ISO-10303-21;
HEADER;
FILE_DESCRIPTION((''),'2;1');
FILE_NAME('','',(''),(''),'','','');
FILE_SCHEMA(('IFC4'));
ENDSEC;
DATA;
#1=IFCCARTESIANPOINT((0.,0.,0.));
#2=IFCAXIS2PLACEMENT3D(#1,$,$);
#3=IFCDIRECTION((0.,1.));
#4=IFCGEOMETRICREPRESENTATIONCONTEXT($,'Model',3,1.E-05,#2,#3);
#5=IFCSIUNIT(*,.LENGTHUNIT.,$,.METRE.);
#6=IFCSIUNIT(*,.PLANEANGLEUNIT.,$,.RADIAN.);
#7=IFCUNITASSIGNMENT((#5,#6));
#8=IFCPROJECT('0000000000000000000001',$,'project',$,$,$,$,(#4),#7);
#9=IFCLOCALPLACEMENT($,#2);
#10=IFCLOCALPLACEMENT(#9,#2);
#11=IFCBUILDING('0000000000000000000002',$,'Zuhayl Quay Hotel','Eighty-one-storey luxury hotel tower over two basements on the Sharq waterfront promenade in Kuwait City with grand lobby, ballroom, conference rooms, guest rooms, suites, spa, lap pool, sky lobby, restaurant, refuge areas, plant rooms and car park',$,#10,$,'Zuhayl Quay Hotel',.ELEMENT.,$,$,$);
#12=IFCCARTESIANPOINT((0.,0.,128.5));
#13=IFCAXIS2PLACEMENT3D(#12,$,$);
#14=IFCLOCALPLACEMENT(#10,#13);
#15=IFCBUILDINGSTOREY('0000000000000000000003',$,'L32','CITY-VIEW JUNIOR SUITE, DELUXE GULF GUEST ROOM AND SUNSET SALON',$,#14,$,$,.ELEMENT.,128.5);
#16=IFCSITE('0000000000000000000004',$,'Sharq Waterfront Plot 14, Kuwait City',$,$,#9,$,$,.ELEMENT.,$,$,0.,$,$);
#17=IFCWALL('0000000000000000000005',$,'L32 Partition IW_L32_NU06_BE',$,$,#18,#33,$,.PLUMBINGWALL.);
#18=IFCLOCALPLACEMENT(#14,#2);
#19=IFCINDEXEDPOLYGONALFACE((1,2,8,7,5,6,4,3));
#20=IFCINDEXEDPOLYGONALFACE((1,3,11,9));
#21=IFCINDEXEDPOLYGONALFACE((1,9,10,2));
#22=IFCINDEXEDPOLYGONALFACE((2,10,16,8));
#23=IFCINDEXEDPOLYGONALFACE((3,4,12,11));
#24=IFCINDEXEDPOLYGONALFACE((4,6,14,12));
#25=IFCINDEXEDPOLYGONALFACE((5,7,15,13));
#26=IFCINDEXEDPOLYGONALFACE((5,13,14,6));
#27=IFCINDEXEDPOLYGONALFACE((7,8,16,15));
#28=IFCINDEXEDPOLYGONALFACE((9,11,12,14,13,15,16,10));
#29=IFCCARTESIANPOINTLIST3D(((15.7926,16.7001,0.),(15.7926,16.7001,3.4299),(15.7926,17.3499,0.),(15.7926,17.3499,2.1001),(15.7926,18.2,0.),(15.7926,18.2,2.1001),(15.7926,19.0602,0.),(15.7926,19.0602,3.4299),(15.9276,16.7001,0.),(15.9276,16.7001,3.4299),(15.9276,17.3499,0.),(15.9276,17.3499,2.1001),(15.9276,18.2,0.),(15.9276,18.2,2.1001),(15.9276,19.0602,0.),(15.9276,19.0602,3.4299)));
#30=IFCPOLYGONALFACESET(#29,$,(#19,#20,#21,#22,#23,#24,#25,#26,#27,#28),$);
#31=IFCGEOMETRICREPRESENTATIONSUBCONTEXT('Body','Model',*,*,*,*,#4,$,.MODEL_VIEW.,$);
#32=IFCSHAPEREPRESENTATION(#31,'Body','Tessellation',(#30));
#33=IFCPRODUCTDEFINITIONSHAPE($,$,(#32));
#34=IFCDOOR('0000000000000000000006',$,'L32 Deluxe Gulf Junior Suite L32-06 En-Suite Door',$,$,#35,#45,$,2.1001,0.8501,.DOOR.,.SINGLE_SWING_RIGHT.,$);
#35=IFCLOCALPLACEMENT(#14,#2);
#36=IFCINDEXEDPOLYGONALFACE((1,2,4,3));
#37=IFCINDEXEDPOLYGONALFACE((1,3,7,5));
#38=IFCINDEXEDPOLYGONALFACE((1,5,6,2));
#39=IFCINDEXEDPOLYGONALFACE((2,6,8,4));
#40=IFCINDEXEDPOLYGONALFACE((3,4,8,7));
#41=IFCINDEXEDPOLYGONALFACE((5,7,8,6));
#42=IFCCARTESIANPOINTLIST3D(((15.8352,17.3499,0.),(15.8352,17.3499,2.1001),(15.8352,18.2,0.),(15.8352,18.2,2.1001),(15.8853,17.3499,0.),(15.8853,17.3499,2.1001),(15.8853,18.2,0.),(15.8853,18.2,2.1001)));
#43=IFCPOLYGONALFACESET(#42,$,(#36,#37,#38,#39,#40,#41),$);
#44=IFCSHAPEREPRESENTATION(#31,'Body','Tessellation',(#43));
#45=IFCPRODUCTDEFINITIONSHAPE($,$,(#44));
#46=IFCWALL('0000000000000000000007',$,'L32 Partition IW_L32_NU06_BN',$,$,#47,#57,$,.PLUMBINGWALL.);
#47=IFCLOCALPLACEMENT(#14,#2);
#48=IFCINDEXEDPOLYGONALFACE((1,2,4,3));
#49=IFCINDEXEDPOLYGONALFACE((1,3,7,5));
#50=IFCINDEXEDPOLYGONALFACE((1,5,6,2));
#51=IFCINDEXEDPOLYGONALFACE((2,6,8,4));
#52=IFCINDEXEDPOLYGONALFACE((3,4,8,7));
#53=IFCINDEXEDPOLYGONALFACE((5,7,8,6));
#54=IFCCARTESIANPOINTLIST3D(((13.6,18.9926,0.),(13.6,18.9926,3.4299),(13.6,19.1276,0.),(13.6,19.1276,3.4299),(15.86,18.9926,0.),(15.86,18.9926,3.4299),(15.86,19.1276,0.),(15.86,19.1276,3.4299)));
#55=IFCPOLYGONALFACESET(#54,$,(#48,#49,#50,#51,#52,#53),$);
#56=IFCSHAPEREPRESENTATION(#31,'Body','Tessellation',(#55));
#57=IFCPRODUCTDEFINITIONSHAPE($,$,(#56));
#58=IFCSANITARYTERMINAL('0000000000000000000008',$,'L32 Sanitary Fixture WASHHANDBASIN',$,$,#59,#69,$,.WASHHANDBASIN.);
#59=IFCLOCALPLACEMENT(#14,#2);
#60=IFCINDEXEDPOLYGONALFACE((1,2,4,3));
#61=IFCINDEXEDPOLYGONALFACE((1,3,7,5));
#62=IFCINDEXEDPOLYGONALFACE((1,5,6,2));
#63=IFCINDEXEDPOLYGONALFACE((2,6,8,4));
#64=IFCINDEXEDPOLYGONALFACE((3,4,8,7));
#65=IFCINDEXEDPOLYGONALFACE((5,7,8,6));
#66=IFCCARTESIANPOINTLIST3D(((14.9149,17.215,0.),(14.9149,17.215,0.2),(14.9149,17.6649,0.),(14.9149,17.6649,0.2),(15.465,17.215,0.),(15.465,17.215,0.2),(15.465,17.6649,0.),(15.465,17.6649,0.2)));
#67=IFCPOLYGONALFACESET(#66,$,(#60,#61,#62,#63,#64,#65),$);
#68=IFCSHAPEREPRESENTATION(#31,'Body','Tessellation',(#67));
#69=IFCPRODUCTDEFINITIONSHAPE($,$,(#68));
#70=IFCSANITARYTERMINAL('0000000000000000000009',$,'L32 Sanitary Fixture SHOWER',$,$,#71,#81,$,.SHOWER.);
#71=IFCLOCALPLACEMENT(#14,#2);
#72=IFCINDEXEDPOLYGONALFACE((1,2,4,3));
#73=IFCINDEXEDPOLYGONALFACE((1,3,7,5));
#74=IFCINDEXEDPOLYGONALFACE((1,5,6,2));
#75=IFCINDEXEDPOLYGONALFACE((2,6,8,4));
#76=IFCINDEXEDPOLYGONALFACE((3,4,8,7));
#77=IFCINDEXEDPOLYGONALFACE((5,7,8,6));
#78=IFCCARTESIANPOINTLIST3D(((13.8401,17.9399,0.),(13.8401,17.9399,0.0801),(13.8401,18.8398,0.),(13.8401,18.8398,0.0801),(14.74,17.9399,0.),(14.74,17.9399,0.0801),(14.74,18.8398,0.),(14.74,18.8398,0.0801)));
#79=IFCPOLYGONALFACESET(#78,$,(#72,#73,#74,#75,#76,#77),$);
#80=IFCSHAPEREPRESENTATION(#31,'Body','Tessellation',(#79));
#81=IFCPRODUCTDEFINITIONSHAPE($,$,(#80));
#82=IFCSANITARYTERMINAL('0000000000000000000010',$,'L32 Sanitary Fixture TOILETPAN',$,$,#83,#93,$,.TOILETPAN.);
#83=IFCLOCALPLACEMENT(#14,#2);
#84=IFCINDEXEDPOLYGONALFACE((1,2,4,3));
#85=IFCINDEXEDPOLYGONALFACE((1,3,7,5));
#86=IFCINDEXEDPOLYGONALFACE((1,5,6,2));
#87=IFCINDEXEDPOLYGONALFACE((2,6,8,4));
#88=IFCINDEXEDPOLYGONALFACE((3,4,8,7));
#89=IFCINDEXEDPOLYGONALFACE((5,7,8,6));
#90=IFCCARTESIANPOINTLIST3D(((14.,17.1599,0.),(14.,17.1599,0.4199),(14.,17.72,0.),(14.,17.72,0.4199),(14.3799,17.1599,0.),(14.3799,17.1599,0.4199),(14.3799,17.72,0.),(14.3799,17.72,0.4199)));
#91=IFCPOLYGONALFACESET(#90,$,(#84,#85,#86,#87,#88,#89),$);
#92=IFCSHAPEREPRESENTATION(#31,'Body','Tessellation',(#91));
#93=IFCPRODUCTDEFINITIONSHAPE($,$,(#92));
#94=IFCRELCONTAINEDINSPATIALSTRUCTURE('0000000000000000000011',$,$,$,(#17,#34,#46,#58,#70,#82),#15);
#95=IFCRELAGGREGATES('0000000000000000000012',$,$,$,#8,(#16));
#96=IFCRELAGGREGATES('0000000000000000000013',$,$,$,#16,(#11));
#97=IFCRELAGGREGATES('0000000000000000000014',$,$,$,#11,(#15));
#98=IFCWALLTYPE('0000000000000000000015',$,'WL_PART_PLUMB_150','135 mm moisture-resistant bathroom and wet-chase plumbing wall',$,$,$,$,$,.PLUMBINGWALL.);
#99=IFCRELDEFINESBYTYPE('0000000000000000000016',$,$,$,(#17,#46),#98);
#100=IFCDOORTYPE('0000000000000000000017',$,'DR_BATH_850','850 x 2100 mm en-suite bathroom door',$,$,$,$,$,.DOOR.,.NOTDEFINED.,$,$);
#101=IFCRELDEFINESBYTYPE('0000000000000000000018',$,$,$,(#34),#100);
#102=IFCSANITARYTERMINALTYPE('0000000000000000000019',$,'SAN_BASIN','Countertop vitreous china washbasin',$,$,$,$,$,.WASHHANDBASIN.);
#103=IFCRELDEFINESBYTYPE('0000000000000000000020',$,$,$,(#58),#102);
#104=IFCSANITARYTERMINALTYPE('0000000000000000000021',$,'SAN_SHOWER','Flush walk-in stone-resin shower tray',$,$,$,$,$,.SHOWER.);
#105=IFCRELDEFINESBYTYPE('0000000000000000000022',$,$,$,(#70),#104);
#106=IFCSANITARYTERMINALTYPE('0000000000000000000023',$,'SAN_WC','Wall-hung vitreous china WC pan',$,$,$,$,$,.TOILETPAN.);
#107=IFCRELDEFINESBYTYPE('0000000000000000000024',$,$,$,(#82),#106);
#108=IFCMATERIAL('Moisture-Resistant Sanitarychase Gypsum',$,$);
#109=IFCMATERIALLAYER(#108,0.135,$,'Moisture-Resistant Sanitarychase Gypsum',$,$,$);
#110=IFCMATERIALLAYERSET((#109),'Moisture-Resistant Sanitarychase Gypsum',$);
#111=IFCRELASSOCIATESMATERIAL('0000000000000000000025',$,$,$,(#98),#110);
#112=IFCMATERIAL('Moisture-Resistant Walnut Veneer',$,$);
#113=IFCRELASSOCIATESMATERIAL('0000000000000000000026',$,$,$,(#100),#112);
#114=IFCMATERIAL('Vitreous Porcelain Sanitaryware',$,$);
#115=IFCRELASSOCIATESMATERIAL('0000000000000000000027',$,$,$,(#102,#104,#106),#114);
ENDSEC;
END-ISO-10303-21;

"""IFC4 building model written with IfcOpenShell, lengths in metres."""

from ifc_helpers import new_model, si_unit, direction, frame, frame_2d, origin, origin_2d, place, context, subcontext, project, spatial, rectangle, extrude, material, layer, layer_set, type_object, element, fill, save


model = new_model("IFC4")

# Units and contexts
model_context = context("Model", 3, precision=1e-05, world=origin(), true_north=direction((0.0, 1.0)))
body_context = subcontext(model_context, "Body", "Model", "MODEL_VIEW")
ifc_project = project(units=[si_unit("LENGTHUNIT", "METRE"), si_unit("PLANEANGLEUNIT", "RADIAN")], contexts=[model_context])

# Site, building, storey
site_placement = place(None, origin())
site = spatial("IfcSite", under=ifc_project, at=site_placement, Name="Sharq Waterfront Plot 14, Kuwait City", CompositionType="ELEMENT", RefElevation=0.0)
building_placement = place(site_placement, origin())
building = spatial("IfcBuilding", under=site, at=building_placement, Name="Zuhayl Quay Hotel", Description="Eighty-one-storey luxury hotel tower over two basements on the Sharq waterfront promenade in Kuwait City with grand lobby, ballroom, conference rooms, guest rooms, suites, spa, lap pool, sky lobby, restaurant, refuge areas, plant rooms and car park", LongName="Zuhayl Quay Hotel", CompositionType="ELEMENT")
storey_placement = place(building_placement, frame((0.0, 0.0, 128.5)))
storey = spatial("IfcBuildingStorey", under=building, at=storey_placement, Name="L32", Description="CITY-VIEW JUNIOR SUITE, DELUXE GULF GUEST ROOM AND SUNSET SALON", CompositionType="ELEMENT", Elevation=128.5)

# Wall, opening, door
ifc_material_1 = material(Name="Moisture-Resistant Sanitarychase Gypsum")
ifc_layer_1 = layer(ifc_material_1, 0.135, Name="Moisture-Resistant Sanitarychase Gypsum")
ifc_layer_set_1 = layer_set([ifc_layer_1], Name="Moisture-Resistant Sanitarychase Gypsum")
wall_type_1 = type_object("IfcWallType", Name="WL_PART_PLUMB_150", Description="135 mm moisture-resistant bathroom and wet-chase plumbing wall", PredefinedType="PLUMBINGWALL", material=ifc_layer_set_1)
wall_1_placement = place(storey_placement, frame((15.8601, 16.7, 0.0), z_axis=(0.0, 0.0, 1.0), x_axis=(0.0, 1.0, 0.0)))
wall_1 = element("IfcWall", 1, at=wall_1_placement, inside=storey, type_object=wall_type_1, Name="L32 Partition IW_L32_NU06_BE", PredefinedType="PLUMBINGWALL", context=body_context, shape_type="SweptSolid", body=[
    extrude(rectangle(XDim=2.3601, YDim=0.135, at=frame_2d((1.1802, 0.0))), origin(), (0.0, 0.0, 1.0), 3.4299),
])
opening_1_placement = place(wall_1_placement, frame((0.6499, 0.0, 0.0)))
opening_1 = element("IfcOpeningElement", 2, at=opening_1_placement, cuts=wall_1, PredefinedType="OPENING", context=body_context, shape_type="SweptSolid", body=[
    extrude(rectangle(XDim=0.8501, YDim=2.1001, at=frame_2d((0.425, 1.05))), frame((0.0, 0.0774, 0.0), z_axis=(0.0, -1.0, 0.0), x_axis=(1.0, 0.0, 0.0)), (0.0, 0.0, 1.0), 0.155),
])
ifc_material_2 = material(Name="Moisture-Resistant Walnut Veneer")
door_type_1 = type_object("IfcDoorType", Name="DR_BATH_850", Description="850 x 2100 mm en-suite bathroom door", OperationType="NOTDEFINED", PredefinedType="DOOR", material=ifc_material_2)
door_1_placement = place(opening_1_placement, origin())
door_1 = element("IfcDoor", 3, at=door_1_placement, inside=storey, type_object=door_type_1, Name="L32 Deluxe Gulf Junior Suite L32-06 En-Suite Door", OperationType="SINGLE_SWING_RIGHT", OverallHeight=2.1001, OverallWidth=0.8501, PredefinedType="DOOR", context=body_context, shape_type="SweptSolid", body=[
    extrude(rectangle(XDim=0.8501, YDim=2.1001, at=frame_2d((0.425, 1.05))), frame((0.0, 0.0249, 0.0), z_axis=(0.0, -1.0, 0.0), x_axis=(1.0, 0.0, 0.0)), (0.0, 0.0, 1.0), 0.05),
])
fill(opening_1, door_1)

# Wall
wall_2_placement = place(storey_placement, frame((13.6001, 19.0601, 0.0), z_axis=(0.0, 0.0, 1.0), x_axis=(1.0, 0.0, 0.0)))
element("IfcWall", 4, at=wall_2_placement, inside=storey, type_object=wall_type_1, Name="L32 Partition IW_L32_NU06_BN", PredefinedType="PLUMBINGWALL", context=body_context, shape_type="SweptSolid", body=[
    extrude(rectangle(XDim=2.26, YDim=0.135, at=frame_2d((1.1299, 0.0))), origin(), (0.0, 0.0, 1.0), 3.4299),
])

# Sanitary terminals
ifc_material_3 = material(Name="Vitreous Porcelain Sanitaryware")
sanitary_terminal_type_1 = type_object("IfcSanitaryTerminalType", Name="SAN_BASIN", Description="Countertop vitreous china washbasin", PredefinedType="WASHHANDBASIN", material=ifc_material_3)
sanitary_terminal_1_placement = place(storey_placement, frame((15.1899, 17.4399, 0.0), z_axis=(0.0, 0.0, 1.0), x_axis=(1.0, 0.0, 0.0)))
element("IfcSanitaryTerminal", 5, at=sanitary_terminal_1_placement, inside=storey, type_object=sanitary_terminal_type_1, Name="L32 Sanitary Fixture WASHHANDBASIN", PredefinedType="WASHHANDBASIN", context=body_context, shape_type="SweptSolid", body=[
    extrude(rectangle(XDim=0.55, YDim=0.45, at=origin_2d()), origin(), (0.0, 0.0, 1.0), 0.2),
])
sanitary_terminal_type_2 = type_object("IfcSanitaryTerminalType", Name="SAN_SHOWER", Description="Flush walk-in stone-resin shower tray", PredefinedType="SHOWER", material=ifc_material_3)
sanitary_terminal_2_placement = place(storey_placement, frame((14.29, 18.3899, 0.0), z_axis=(0.0, 0.0, 1.0), x_axis=(1.0, 0.0, 0.0)))
element("IfcSanitaryTerminal", 6, at=sanitary_terminal_2_placement, inside=storey, type_object=sanitary_terminal_type_2, Name="L32 Sanitary Fixture SHOWER", PredefinedType="SHOWER", context=body_context, shape_type="SweptSolid", body=[
    extrude(rectangle(XDim=0.8999, YDim=0.8999, at=origin_2d()), origin(), (0.0, 0.0, 1.0), 0.0801),
])
sanitary_terminal_type_3 = type_object("IfcSanitaryTerminalType", Name="SAN_WC", Description="Wall-hung vitreous china WC pan", PredefinedType="TOILETPAN", material=ifc_material_3)
sanitary_terminal_3_placement = place(storey_placement, frame((14.1899, 17.4399, 0.0), z_axis=(0.0, 0.0, 1.0), x_axis=(1.0, 0.0, 0.0)))
element("IfcSanitaryTerminal", 7, at=sanitary_terminal_3_placement, inside=storey, type_object=sanitary_terminal_type_3, Name="L32 Sanitary Fixture TOILETPAN", PredefinedType="TOILETPAN", context=body_context, shape_type="SweptSolid", body=[
    extrude(rectangle(XDim=0.3799, YDim=0.5601, at=origin_2d()), origin(), (0.0, 0.0, 1.0), 0.4199),
])

save(model, "model.ifc")
